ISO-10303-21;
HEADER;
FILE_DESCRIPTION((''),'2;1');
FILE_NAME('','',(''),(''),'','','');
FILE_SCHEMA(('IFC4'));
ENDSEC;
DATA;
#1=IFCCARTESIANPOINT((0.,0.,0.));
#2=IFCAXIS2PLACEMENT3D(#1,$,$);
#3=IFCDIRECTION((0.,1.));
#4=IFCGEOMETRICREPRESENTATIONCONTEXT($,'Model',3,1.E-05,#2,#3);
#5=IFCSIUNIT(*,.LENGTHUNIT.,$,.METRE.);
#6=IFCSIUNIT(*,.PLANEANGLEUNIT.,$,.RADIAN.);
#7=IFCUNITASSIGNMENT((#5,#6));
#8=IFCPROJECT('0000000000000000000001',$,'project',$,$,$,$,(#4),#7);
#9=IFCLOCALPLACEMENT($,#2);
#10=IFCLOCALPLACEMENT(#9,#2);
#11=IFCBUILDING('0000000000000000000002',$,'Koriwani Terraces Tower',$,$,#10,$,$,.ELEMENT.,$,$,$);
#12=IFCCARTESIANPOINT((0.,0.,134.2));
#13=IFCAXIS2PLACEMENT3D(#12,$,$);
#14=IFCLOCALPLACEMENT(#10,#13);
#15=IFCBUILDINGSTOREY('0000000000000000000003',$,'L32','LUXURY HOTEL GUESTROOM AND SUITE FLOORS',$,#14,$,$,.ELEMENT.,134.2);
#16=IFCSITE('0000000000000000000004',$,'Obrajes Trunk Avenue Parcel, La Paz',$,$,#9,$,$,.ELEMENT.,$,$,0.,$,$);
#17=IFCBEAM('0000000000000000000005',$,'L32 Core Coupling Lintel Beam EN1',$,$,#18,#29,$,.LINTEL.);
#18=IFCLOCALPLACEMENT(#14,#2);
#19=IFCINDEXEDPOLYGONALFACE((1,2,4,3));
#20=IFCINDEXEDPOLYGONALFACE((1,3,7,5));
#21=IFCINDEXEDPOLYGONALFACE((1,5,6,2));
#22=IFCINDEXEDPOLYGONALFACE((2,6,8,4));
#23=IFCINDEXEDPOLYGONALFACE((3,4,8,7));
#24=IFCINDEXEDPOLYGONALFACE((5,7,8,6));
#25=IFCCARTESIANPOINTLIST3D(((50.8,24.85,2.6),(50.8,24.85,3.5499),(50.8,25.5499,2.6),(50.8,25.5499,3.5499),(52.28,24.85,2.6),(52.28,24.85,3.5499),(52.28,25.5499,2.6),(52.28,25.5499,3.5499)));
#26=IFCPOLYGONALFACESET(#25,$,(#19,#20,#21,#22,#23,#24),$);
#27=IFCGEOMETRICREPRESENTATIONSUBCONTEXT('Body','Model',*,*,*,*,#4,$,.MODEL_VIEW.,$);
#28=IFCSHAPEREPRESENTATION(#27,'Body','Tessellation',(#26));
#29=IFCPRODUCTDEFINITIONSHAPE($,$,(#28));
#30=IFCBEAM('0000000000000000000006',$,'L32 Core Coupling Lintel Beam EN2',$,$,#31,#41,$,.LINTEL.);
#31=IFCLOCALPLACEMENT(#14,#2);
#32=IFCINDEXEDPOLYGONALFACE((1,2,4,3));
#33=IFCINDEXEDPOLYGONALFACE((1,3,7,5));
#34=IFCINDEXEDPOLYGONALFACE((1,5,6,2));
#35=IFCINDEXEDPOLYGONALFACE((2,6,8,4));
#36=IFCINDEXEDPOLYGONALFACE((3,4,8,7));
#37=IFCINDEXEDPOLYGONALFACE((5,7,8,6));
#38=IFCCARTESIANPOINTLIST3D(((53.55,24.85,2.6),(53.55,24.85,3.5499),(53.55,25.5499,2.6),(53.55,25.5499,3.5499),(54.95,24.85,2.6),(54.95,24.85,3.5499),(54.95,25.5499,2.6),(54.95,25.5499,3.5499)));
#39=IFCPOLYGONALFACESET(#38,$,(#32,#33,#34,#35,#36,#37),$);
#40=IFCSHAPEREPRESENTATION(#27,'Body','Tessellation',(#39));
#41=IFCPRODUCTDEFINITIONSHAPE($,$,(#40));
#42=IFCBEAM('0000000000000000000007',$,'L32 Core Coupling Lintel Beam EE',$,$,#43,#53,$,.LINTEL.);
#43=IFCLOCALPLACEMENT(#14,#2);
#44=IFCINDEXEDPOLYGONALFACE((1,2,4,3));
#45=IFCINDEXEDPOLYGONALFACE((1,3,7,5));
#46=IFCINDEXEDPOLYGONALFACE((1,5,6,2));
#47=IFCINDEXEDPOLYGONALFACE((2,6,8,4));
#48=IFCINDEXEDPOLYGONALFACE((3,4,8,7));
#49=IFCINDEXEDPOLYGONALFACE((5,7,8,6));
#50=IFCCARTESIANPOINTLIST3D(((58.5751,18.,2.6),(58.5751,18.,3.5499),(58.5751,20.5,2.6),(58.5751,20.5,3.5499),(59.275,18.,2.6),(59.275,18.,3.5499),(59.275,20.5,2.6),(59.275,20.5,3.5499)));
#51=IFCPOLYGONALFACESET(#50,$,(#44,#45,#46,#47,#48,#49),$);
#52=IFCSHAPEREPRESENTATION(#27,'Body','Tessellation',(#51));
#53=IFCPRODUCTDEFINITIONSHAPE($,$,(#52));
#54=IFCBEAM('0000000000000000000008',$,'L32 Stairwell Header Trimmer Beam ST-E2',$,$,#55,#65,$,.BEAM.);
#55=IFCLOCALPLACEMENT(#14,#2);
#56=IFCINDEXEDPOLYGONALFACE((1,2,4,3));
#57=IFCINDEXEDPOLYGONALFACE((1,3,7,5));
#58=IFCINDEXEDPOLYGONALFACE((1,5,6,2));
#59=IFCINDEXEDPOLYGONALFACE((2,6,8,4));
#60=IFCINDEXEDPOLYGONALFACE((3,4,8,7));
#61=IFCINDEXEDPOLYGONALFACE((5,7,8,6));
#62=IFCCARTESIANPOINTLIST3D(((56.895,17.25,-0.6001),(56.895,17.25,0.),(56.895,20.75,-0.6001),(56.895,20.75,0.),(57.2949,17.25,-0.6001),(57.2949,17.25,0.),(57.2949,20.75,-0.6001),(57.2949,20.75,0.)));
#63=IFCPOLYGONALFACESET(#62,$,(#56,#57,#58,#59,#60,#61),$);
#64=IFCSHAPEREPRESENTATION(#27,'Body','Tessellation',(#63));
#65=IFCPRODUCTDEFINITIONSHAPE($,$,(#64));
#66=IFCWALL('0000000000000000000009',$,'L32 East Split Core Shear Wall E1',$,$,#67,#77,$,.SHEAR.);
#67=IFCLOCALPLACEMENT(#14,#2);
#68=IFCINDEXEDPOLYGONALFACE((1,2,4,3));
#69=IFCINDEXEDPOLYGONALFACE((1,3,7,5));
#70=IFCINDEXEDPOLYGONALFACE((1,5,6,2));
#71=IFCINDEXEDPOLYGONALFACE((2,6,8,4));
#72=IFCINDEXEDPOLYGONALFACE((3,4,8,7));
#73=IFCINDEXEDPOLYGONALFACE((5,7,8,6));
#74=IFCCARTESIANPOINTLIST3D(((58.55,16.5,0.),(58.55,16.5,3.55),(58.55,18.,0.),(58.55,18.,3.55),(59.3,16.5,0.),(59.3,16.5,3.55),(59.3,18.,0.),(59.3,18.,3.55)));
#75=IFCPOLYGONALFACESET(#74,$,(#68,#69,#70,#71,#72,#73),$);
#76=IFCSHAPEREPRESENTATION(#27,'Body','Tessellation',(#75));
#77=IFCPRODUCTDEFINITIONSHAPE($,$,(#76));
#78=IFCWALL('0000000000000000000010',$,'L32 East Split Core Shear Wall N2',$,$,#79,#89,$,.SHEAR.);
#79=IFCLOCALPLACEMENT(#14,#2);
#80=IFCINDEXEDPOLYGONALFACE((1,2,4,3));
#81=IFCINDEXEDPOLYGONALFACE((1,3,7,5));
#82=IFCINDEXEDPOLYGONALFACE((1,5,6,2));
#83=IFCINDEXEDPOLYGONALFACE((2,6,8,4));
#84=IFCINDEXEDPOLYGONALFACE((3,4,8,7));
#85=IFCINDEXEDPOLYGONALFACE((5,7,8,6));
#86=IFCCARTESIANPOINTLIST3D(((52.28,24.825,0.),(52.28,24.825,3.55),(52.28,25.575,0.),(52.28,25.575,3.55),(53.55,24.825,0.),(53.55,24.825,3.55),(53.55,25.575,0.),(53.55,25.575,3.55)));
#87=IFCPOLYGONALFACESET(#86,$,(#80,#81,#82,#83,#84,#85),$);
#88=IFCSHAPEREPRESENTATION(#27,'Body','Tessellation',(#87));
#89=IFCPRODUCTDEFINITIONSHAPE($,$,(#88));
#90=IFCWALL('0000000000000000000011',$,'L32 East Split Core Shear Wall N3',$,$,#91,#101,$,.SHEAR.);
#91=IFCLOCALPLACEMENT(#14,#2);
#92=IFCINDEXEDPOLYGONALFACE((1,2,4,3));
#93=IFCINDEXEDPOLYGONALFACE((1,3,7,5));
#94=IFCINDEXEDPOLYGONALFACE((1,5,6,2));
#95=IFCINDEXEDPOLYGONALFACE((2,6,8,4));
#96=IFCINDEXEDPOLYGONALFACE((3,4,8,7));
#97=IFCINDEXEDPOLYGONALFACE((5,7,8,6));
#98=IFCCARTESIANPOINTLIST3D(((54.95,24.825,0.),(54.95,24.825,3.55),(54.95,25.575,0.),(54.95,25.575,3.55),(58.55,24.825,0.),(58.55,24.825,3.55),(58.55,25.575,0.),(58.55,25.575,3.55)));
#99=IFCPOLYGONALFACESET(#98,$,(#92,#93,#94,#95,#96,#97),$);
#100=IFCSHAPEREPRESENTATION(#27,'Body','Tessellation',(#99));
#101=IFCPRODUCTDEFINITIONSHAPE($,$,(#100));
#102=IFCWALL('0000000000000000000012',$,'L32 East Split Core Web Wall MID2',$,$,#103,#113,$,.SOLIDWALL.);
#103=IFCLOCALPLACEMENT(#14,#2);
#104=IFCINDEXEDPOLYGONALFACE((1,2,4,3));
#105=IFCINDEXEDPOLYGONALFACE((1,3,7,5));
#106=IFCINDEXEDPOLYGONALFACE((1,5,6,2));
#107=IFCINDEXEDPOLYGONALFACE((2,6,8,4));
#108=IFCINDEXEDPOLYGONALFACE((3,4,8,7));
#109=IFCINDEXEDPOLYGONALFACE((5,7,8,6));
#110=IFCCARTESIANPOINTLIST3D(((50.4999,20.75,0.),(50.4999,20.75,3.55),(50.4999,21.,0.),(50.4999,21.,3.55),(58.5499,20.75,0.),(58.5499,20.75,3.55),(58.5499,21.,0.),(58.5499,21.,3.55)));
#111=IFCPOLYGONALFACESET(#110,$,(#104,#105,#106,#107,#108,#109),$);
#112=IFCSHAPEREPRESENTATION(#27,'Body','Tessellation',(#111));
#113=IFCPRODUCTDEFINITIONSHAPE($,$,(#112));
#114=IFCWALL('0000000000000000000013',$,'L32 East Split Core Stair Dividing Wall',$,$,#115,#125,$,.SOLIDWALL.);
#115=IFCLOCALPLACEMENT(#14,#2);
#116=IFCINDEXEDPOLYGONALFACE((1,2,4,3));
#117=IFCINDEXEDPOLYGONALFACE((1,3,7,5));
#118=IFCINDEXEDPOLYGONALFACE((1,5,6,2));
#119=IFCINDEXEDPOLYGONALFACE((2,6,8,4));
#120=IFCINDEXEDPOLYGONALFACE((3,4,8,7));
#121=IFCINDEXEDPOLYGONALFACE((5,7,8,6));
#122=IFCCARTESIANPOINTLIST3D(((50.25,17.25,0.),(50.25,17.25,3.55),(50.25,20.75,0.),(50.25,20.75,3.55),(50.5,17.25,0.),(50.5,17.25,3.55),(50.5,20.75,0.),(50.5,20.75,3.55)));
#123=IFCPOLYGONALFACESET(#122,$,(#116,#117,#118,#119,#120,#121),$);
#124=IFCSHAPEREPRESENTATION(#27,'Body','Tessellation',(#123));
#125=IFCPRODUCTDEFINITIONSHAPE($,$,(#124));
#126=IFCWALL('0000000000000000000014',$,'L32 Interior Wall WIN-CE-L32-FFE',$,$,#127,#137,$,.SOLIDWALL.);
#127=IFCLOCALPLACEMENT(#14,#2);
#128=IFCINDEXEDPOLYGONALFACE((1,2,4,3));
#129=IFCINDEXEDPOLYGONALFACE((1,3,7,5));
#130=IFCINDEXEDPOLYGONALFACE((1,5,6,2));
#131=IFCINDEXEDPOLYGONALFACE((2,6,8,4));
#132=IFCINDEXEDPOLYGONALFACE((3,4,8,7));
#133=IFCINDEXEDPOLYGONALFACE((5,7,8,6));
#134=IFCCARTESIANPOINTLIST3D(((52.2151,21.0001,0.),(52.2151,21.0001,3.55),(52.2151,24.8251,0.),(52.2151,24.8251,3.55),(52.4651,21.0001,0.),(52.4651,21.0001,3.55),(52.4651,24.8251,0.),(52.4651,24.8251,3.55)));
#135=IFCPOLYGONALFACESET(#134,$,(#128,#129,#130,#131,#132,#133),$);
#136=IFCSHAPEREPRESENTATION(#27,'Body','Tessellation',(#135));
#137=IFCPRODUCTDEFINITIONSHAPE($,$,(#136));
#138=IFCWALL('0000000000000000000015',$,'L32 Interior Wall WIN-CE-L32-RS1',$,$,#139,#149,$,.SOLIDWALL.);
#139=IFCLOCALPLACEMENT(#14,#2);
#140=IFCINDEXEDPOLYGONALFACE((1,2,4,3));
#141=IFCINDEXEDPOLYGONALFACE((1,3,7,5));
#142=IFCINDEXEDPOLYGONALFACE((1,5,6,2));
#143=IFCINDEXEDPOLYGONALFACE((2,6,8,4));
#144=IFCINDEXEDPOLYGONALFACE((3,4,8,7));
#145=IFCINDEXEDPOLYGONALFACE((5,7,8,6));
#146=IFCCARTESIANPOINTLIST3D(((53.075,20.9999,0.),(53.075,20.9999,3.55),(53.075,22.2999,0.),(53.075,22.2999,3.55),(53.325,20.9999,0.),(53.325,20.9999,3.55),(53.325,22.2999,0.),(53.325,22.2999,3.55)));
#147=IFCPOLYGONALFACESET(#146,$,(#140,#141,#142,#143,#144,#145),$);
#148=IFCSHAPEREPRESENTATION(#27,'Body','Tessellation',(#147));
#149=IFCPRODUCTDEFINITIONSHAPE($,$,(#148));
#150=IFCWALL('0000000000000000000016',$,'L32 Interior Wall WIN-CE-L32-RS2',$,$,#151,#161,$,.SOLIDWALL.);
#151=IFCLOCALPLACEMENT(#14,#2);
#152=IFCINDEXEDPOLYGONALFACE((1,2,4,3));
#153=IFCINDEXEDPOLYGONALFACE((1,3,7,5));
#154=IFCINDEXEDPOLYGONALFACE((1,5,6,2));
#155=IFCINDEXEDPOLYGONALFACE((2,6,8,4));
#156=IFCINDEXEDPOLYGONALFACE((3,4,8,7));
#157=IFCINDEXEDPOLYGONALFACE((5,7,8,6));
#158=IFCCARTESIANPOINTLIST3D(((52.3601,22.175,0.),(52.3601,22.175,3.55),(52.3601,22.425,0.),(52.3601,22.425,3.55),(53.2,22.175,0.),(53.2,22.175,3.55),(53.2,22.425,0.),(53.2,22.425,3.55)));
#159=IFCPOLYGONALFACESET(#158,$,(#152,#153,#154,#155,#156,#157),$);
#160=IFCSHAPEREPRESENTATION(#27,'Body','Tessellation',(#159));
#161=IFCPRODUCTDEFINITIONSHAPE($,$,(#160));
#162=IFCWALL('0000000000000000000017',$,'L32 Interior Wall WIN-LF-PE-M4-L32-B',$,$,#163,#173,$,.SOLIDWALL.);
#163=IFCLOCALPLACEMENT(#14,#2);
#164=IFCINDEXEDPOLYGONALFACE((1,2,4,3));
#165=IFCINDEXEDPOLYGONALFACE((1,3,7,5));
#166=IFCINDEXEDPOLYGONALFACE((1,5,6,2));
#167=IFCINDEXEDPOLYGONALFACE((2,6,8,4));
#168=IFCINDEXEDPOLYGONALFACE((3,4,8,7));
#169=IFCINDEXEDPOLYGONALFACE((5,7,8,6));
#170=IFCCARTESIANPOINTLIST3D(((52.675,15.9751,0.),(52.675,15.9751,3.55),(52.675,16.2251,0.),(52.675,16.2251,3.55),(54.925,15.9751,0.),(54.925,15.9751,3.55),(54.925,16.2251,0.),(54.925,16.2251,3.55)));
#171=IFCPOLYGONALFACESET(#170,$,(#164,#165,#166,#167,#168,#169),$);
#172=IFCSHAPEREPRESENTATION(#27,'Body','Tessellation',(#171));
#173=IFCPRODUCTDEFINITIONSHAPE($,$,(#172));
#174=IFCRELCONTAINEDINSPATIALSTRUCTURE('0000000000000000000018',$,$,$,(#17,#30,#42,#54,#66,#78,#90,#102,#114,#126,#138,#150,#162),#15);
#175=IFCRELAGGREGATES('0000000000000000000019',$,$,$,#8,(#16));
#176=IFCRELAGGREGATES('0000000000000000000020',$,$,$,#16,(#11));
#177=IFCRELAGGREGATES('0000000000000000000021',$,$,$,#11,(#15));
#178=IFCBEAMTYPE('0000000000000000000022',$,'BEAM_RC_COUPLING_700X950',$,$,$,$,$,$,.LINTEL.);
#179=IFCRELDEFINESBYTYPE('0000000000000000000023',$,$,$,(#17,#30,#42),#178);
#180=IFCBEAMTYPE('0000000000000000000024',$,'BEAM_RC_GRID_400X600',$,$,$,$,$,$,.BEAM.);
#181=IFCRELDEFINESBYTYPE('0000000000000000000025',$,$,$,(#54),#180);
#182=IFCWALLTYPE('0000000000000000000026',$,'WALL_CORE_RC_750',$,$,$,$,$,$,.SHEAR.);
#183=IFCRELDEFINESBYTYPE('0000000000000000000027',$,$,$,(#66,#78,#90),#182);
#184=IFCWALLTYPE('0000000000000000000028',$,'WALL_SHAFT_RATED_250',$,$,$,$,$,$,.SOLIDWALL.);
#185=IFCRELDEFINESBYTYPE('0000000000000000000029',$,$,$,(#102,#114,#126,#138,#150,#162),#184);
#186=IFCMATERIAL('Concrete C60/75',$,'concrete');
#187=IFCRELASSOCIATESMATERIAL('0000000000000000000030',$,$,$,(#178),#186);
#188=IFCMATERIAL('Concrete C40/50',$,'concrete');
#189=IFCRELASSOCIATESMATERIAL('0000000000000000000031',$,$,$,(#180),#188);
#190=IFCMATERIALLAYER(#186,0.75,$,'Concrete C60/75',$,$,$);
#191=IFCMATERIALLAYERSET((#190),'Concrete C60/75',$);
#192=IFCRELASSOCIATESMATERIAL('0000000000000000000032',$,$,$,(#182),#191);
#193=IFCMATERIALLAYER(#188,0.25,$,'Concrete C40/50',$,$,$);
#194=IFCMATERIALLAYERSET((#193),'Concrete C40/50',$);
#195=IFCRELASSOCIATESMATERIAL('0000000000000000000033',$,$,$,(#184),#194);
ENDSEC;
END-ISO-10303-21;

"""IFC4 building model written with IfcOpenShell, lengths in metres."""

from ifc_helpers import new_model, si_unit, direction, frame, frame_2d, origin, origin_2d, place, context, subcontext, project, spatial, rectangle, extrude, material, layer, layer_set, material_profile, profile_set, type_object, element, save


model = new_model("IFC4")

# Units and contexts
model_context = context("Model", 3, precision=1e-05, world=origin(), true_north=direction((0.0, 1.0)))
body_context = subcontext(model_context, "Body", "Model", "MODEL_VIEW")
ifc_project = project(units=[si_unit("LENGTHUNIT", "METRE"), si_unit("PLANEANGLEUNIT", "RADIAN")], contexts=[model_context])

# Site, building, storey
site_placement = place(None, origin())
site = spatial("IfcSite", under=ifc_project, at=site_placement, Name="Obrajes Trunk Avenue Parcel, La Paz", CompositionType="ELEMENT", RefElevation=0.0)
building_placement = place(site_placement, origin())
building = spatial("IfcBuilding", under=site, at=building_placement, Name="Koriwani Terraces Tower", CompositionType="ELEMENT")
storey_placement = place(building_placement, frame((0.0, 0.0, 134.2)))
storey = spatial("IfcBuildingStorey", under=building, at=storey_placement, Name="L32", Description="LUXURY HOTEL GUESTROOM AND SUITE FLOORS", CompositionType="ELEMENT", Elevation=134.2)

# Beams
ifc_material_1 = material(Name="Concrete C60/75", Category="concrete")
ifc_material_profile_1 = material_profile(ifc_material_1, rectangle(XDim=0.7, YDim=0.95, at=origin_2d()), Name="Concrete C60/75", Category="LoadBearing")
ifc_profile_set_1 = profile_set([ifc_material_profile_1], Name="Concrete C60/75")
beam_type_1 = type_object("IfcBeamType", Name="BEAM_RC_COUPLING_700X950", PredefinedType="LINTEL", material=ifc_profile_set_1)
beam_1_placement = place(storey_placement, frame((50.8, 25.2, 3.075), z_axis=(1.0, 0.0, 0.0), x_axis=(0.0, 1.0, 0.0)))
element("IfcBeam", 1, at=beam_1_placement, inside=storey, type_object=beam_type_1, Name="L32 Core Coupling Lintel Beam EN1", PredefinedType="LINTEL", context=body_context, shape_type="SweptSolid", body=[
    extrude(rectangle(XDim=0.7, YDim=0.95, at=origin_2d()), origin(), (0.0, 0.0, 1.0), 1.48),
])
beam_2_placement = place(storey_placement, frame((53.55, 25.2, 3.075), z_axis=(1.0, 0.0, 0.0), x_axis=(0.0, 1.0, 0.0)))
element("IfcBeam", 2, at=beam_2_placement, inside=storey, type_object=beam_type_1, Name="L32 Core Coupling Lintel Beam EN2", PredefinedType="LINTEL", context=body_context, shape_type="SweptSolid", body=[
    extrude(rectangle(XDim=0.7, YDim=0.95, at=origin_2d()), origin(), (0.0, 0.0, 1.0), 1.3999),
])
beam_3_placement = place(storey_placement, frame((58.925, 18.0, 3.075), z_axis=(0.0, 1.0, 0.0), x_axis=(-1.0, 0.0, 0.0)))
element("IfcBeam", 3, at=beam_3_placement, inside=storey, type_object=beam_type_1, Name="L32 Core Coupling Lintel Beam EE", PredefinedType="LINTEL", context=body_context, shape_type="SweptSolid", body=[
    extrude(rectangle(XDim=0.7, YDim=0.95, at=origin_2d()), origin(), (0.0, 0.0, 1.0), 2.5),
])
ifc_material_2 = material(Name="Concrete C40/50", Category="concrete")
ifc_material_profile_2 = material_profile(ifc_material_2, rectangle(XDim=0.3999, YDim=0.6001, at=origin_2d()), Name="Concrete C40/50", Category="LoadBearing")
ifc_profile_set_2 = profile_set([ifc_material_profile_2], Name="Concrete C40/50")
beam_type_2 = type_object("IfcBeamType", Name="BEAM_RC_GRID_400X600", PredefinedType="BEAM", material=ifc_profile_set_2)
beam_4_placement = place(storey_placement, frame((57.095, 17.25, -0.3), z_axis=(0.0, 1.0, 0.0), x_axis=(-1.0, 0.0, 0.0)))
element("IfcBeam", 4, at=beam_4_placement, inside=storey, type_object=beam_type_2, Name="L32 Stairwell Header Trimmer Beam ST-E2", PredefinedType="BEAM", context=body_context, shape_type="SweptSolid", body=[
    extrude(rectangle(XDim=0.3999, YDim=0.6001, at=origin_2d()), origin(), (0.0, 0.0, 1.0), 3.5),
])

# Walls
ifc_layer_1 = layer(ifc_material_1, 0.75, Name="Concrete C60/75")
ifc_layer_set_1 = layer_set([ifc_layer_1], Name="Concrete C60/75")
wall_type_1 = type_object("IfcWallType", Name="WALL_CORE_RC_750", PredefinedType="SHEAR", material=ifc_layer_set_1)
wall_1_placement = place(storey_placement, frame((58.925, 16.5, 0.0), z_axis=(0.0, 0.0, 1.0), x_axis=(0.0, 1.0, 0.0)))
element("IfcWall", 5, at=wall_1_placement, inside=storey, type_object=wall_type_1, Name="L32 East Split Core Shear Wall E1", PredefinedType="SHEAR", context=body_context, shape_type="SweptSolid", body=[
    extrude(rectangle(XDim=1.5, YDim=0.75, at=frame_2d((0.75, 0.0))), origin(), (0.0, 0.0, 1.0), 3.55),
])
wall_2_placement = place(storey_placement, frame((52.28, 25.2, 0.0), z_axis=(0.0, 0.0, 1.0), x_axis=(1.0, 0.0, 0.0)))
element("IfcWall", 6, at=wall_2_placement, inside=storey, type_object=wall_type_1, Name="L32 East Split Core Shear Wall N2", PredefinedType="SHEAR", context=body_context, shape_type="SweptSolid", body=[
    extrude(rectangle(XDim=1.27, YDim=0.75, at=frame_2d((0.635, 0.0))), origin(), (0.0, 0.0, 1.0), 3.55),
])
wall_3_placement = place(storey_placement, frame((54.95, 25.2, 0.0), z_axis=(0.0, 0.0, 1.0), x_axis=(1.0, 0.0, 0.0)))
element("IfcWall", 7, at=wall_3_placement, inside=storey, type_object=wall_type_1, Name="L32 East Split Core Shear Wall N3", PredefinedType="SHEAR", context=body_context, shape_type="SweptSolid", body=[
    extrude(rectangle(XDim=3.6001, YDim=0.75, at=frame_2d((1.8, 0.0))), origin(), (0.0, 0.0, 1.0), 3.55),
])
ifc_layer_2 = layer(ifc_material_2, 0.25, Name="Concrete C40/50")
ifc_layer_set_2 = layer_set([ifc_layer_2], Name="Concrete C40/50")
wall_type_2 = type_object("IfcWallType", Name="WALL_SHAFT_RATED_250", PredefinedType="SOLIDWALL", material=ifc_layer_set_2)
wall_4_placement = place(storey_placement, frame((50.5, 20.875, 0.0), z_axis=(0.0, 0.0, 1.0), x_axis=(1.0, 0.0, 0.0)))
element("IfcWall", 8, at=wall_4_placement, inside=storey, type_object=wall_type_2, Name="L32 East Split Core Web Wall MID2", PredefinedType="SOLIDWALL", context=body_context, shape_type="SweptSolid", body=[
    extrude(rectangle(XDim=8.05, YDim=0.25, at=frame_2d((4.0249, 0.0))), origin(), (0.0, 0.0, 1.0), 3.55),
])
wall_5_placement = place(storey_placement, frame((50.375, 17.25, 0.0), z_axis=(0.0, 0.0, 1.0), x_axis=(0.0, 1.0, 0.0)))
element("IfcWall", 9, at=wall_5_placement, inside=storey, type_object=wall_type_2, Name="L32 East Split Core Stair Dividing Wall", PredefinedType="SOLIDWALL", context=body_context, shape_type="SweptSolid", body=[
    extrude(rectangle(XDim=3.5, YDim=0.25, at=frame_2d((1.75, 0.0))), origin(), (0.0, 0.0, 1.0), 3.55),
])

# Wall
wall_6_placement = place(storey_placement, frame((52.3401, 21.0, 0.0), z_axis=(0.0, 0.0, 1.0), x_axis=(0.0, 1.0, 0.0)))
element("IfcWall", 10, at=wall_6_placement, inside=storey, type_object=wall_type_2, Name="L32 Interior Wall WIN-CE-L32-FFE", PredefinedType="SOLIDWALL", context=body_context, shape_type="SweptSolid", body=[
    extrude(rectangle(XDim=3.825, YDim=0.25, at=frame_2d((1.9126, 0.0))), origin(), (0.0, 0.0, 1.0), 3.55),
])

# Walls
wall_7_placement = place(storey_placement, frame((53.2, 21.0, 0.0), z_axis=(0.0, 0.0, 1.0), x_axis=(0.0, 1.0, 0.0)))
element("IfcWall", 11, at=wall_7_placement, inside=storey, type_object=wall_type_2, Name="L32 Interior Wall WIN-CE-L32-RS1", PredefinedType="SOLIDWALL", context=body_context, shape_type="SweptSolid", body=[
    extrude(rectangle(XDim=1.3, YDim=0.25, at=frame_2d((0.6499, 0.0))), origin(), (0.0, 0.0, 1.0), 3.55),
])
wall_8_placement = place(storey_placement, frame((52.3601, 22.3, 0.0), z_axis=(0.0, 0.0, 1.0), x_axis=(1.0, 0.0, 0.0)))
element("IfcWall", 12, at=wall_8_placement, inside=storey, type_object=wall_type_2, Name="L32 Interior Wall WIN-CE-L32-RS2", PredefinedType="SOLIDWALL", context=body_context, shape_type="SweptSolid", body=[
    extrude(rectangle(XDim=0.8398, YDim=0.25, at=frame_2d((0.4199, 0.0))), origin(), (0.0, 0.0, 1.0), 3.55),
])
wall_9_placement = place(storey_placement, frame((52.675, 16.1001, 0.0), z_axis=(0.0, 0.0, 1.0), x_axis=(1.0, 0.0, 0.0)))
element("IfcWall", 13, at=wall_9_placement, inside=storey, type_object=wall_type_2, Name="L32 Interior Wall WIN-LF-PE-M4-L32-B", PredefinedType="SOLIDWALL", context=body_context, shape_type="SweptSolid", body=[
    extrude(rectangle(XDim=2.25, YDim=0.25, at=frame_2d((1.125, 0.0))), origin(), (0.0, 0.0, 1.0), 3.55),
])

save(model, "model.ifc")
